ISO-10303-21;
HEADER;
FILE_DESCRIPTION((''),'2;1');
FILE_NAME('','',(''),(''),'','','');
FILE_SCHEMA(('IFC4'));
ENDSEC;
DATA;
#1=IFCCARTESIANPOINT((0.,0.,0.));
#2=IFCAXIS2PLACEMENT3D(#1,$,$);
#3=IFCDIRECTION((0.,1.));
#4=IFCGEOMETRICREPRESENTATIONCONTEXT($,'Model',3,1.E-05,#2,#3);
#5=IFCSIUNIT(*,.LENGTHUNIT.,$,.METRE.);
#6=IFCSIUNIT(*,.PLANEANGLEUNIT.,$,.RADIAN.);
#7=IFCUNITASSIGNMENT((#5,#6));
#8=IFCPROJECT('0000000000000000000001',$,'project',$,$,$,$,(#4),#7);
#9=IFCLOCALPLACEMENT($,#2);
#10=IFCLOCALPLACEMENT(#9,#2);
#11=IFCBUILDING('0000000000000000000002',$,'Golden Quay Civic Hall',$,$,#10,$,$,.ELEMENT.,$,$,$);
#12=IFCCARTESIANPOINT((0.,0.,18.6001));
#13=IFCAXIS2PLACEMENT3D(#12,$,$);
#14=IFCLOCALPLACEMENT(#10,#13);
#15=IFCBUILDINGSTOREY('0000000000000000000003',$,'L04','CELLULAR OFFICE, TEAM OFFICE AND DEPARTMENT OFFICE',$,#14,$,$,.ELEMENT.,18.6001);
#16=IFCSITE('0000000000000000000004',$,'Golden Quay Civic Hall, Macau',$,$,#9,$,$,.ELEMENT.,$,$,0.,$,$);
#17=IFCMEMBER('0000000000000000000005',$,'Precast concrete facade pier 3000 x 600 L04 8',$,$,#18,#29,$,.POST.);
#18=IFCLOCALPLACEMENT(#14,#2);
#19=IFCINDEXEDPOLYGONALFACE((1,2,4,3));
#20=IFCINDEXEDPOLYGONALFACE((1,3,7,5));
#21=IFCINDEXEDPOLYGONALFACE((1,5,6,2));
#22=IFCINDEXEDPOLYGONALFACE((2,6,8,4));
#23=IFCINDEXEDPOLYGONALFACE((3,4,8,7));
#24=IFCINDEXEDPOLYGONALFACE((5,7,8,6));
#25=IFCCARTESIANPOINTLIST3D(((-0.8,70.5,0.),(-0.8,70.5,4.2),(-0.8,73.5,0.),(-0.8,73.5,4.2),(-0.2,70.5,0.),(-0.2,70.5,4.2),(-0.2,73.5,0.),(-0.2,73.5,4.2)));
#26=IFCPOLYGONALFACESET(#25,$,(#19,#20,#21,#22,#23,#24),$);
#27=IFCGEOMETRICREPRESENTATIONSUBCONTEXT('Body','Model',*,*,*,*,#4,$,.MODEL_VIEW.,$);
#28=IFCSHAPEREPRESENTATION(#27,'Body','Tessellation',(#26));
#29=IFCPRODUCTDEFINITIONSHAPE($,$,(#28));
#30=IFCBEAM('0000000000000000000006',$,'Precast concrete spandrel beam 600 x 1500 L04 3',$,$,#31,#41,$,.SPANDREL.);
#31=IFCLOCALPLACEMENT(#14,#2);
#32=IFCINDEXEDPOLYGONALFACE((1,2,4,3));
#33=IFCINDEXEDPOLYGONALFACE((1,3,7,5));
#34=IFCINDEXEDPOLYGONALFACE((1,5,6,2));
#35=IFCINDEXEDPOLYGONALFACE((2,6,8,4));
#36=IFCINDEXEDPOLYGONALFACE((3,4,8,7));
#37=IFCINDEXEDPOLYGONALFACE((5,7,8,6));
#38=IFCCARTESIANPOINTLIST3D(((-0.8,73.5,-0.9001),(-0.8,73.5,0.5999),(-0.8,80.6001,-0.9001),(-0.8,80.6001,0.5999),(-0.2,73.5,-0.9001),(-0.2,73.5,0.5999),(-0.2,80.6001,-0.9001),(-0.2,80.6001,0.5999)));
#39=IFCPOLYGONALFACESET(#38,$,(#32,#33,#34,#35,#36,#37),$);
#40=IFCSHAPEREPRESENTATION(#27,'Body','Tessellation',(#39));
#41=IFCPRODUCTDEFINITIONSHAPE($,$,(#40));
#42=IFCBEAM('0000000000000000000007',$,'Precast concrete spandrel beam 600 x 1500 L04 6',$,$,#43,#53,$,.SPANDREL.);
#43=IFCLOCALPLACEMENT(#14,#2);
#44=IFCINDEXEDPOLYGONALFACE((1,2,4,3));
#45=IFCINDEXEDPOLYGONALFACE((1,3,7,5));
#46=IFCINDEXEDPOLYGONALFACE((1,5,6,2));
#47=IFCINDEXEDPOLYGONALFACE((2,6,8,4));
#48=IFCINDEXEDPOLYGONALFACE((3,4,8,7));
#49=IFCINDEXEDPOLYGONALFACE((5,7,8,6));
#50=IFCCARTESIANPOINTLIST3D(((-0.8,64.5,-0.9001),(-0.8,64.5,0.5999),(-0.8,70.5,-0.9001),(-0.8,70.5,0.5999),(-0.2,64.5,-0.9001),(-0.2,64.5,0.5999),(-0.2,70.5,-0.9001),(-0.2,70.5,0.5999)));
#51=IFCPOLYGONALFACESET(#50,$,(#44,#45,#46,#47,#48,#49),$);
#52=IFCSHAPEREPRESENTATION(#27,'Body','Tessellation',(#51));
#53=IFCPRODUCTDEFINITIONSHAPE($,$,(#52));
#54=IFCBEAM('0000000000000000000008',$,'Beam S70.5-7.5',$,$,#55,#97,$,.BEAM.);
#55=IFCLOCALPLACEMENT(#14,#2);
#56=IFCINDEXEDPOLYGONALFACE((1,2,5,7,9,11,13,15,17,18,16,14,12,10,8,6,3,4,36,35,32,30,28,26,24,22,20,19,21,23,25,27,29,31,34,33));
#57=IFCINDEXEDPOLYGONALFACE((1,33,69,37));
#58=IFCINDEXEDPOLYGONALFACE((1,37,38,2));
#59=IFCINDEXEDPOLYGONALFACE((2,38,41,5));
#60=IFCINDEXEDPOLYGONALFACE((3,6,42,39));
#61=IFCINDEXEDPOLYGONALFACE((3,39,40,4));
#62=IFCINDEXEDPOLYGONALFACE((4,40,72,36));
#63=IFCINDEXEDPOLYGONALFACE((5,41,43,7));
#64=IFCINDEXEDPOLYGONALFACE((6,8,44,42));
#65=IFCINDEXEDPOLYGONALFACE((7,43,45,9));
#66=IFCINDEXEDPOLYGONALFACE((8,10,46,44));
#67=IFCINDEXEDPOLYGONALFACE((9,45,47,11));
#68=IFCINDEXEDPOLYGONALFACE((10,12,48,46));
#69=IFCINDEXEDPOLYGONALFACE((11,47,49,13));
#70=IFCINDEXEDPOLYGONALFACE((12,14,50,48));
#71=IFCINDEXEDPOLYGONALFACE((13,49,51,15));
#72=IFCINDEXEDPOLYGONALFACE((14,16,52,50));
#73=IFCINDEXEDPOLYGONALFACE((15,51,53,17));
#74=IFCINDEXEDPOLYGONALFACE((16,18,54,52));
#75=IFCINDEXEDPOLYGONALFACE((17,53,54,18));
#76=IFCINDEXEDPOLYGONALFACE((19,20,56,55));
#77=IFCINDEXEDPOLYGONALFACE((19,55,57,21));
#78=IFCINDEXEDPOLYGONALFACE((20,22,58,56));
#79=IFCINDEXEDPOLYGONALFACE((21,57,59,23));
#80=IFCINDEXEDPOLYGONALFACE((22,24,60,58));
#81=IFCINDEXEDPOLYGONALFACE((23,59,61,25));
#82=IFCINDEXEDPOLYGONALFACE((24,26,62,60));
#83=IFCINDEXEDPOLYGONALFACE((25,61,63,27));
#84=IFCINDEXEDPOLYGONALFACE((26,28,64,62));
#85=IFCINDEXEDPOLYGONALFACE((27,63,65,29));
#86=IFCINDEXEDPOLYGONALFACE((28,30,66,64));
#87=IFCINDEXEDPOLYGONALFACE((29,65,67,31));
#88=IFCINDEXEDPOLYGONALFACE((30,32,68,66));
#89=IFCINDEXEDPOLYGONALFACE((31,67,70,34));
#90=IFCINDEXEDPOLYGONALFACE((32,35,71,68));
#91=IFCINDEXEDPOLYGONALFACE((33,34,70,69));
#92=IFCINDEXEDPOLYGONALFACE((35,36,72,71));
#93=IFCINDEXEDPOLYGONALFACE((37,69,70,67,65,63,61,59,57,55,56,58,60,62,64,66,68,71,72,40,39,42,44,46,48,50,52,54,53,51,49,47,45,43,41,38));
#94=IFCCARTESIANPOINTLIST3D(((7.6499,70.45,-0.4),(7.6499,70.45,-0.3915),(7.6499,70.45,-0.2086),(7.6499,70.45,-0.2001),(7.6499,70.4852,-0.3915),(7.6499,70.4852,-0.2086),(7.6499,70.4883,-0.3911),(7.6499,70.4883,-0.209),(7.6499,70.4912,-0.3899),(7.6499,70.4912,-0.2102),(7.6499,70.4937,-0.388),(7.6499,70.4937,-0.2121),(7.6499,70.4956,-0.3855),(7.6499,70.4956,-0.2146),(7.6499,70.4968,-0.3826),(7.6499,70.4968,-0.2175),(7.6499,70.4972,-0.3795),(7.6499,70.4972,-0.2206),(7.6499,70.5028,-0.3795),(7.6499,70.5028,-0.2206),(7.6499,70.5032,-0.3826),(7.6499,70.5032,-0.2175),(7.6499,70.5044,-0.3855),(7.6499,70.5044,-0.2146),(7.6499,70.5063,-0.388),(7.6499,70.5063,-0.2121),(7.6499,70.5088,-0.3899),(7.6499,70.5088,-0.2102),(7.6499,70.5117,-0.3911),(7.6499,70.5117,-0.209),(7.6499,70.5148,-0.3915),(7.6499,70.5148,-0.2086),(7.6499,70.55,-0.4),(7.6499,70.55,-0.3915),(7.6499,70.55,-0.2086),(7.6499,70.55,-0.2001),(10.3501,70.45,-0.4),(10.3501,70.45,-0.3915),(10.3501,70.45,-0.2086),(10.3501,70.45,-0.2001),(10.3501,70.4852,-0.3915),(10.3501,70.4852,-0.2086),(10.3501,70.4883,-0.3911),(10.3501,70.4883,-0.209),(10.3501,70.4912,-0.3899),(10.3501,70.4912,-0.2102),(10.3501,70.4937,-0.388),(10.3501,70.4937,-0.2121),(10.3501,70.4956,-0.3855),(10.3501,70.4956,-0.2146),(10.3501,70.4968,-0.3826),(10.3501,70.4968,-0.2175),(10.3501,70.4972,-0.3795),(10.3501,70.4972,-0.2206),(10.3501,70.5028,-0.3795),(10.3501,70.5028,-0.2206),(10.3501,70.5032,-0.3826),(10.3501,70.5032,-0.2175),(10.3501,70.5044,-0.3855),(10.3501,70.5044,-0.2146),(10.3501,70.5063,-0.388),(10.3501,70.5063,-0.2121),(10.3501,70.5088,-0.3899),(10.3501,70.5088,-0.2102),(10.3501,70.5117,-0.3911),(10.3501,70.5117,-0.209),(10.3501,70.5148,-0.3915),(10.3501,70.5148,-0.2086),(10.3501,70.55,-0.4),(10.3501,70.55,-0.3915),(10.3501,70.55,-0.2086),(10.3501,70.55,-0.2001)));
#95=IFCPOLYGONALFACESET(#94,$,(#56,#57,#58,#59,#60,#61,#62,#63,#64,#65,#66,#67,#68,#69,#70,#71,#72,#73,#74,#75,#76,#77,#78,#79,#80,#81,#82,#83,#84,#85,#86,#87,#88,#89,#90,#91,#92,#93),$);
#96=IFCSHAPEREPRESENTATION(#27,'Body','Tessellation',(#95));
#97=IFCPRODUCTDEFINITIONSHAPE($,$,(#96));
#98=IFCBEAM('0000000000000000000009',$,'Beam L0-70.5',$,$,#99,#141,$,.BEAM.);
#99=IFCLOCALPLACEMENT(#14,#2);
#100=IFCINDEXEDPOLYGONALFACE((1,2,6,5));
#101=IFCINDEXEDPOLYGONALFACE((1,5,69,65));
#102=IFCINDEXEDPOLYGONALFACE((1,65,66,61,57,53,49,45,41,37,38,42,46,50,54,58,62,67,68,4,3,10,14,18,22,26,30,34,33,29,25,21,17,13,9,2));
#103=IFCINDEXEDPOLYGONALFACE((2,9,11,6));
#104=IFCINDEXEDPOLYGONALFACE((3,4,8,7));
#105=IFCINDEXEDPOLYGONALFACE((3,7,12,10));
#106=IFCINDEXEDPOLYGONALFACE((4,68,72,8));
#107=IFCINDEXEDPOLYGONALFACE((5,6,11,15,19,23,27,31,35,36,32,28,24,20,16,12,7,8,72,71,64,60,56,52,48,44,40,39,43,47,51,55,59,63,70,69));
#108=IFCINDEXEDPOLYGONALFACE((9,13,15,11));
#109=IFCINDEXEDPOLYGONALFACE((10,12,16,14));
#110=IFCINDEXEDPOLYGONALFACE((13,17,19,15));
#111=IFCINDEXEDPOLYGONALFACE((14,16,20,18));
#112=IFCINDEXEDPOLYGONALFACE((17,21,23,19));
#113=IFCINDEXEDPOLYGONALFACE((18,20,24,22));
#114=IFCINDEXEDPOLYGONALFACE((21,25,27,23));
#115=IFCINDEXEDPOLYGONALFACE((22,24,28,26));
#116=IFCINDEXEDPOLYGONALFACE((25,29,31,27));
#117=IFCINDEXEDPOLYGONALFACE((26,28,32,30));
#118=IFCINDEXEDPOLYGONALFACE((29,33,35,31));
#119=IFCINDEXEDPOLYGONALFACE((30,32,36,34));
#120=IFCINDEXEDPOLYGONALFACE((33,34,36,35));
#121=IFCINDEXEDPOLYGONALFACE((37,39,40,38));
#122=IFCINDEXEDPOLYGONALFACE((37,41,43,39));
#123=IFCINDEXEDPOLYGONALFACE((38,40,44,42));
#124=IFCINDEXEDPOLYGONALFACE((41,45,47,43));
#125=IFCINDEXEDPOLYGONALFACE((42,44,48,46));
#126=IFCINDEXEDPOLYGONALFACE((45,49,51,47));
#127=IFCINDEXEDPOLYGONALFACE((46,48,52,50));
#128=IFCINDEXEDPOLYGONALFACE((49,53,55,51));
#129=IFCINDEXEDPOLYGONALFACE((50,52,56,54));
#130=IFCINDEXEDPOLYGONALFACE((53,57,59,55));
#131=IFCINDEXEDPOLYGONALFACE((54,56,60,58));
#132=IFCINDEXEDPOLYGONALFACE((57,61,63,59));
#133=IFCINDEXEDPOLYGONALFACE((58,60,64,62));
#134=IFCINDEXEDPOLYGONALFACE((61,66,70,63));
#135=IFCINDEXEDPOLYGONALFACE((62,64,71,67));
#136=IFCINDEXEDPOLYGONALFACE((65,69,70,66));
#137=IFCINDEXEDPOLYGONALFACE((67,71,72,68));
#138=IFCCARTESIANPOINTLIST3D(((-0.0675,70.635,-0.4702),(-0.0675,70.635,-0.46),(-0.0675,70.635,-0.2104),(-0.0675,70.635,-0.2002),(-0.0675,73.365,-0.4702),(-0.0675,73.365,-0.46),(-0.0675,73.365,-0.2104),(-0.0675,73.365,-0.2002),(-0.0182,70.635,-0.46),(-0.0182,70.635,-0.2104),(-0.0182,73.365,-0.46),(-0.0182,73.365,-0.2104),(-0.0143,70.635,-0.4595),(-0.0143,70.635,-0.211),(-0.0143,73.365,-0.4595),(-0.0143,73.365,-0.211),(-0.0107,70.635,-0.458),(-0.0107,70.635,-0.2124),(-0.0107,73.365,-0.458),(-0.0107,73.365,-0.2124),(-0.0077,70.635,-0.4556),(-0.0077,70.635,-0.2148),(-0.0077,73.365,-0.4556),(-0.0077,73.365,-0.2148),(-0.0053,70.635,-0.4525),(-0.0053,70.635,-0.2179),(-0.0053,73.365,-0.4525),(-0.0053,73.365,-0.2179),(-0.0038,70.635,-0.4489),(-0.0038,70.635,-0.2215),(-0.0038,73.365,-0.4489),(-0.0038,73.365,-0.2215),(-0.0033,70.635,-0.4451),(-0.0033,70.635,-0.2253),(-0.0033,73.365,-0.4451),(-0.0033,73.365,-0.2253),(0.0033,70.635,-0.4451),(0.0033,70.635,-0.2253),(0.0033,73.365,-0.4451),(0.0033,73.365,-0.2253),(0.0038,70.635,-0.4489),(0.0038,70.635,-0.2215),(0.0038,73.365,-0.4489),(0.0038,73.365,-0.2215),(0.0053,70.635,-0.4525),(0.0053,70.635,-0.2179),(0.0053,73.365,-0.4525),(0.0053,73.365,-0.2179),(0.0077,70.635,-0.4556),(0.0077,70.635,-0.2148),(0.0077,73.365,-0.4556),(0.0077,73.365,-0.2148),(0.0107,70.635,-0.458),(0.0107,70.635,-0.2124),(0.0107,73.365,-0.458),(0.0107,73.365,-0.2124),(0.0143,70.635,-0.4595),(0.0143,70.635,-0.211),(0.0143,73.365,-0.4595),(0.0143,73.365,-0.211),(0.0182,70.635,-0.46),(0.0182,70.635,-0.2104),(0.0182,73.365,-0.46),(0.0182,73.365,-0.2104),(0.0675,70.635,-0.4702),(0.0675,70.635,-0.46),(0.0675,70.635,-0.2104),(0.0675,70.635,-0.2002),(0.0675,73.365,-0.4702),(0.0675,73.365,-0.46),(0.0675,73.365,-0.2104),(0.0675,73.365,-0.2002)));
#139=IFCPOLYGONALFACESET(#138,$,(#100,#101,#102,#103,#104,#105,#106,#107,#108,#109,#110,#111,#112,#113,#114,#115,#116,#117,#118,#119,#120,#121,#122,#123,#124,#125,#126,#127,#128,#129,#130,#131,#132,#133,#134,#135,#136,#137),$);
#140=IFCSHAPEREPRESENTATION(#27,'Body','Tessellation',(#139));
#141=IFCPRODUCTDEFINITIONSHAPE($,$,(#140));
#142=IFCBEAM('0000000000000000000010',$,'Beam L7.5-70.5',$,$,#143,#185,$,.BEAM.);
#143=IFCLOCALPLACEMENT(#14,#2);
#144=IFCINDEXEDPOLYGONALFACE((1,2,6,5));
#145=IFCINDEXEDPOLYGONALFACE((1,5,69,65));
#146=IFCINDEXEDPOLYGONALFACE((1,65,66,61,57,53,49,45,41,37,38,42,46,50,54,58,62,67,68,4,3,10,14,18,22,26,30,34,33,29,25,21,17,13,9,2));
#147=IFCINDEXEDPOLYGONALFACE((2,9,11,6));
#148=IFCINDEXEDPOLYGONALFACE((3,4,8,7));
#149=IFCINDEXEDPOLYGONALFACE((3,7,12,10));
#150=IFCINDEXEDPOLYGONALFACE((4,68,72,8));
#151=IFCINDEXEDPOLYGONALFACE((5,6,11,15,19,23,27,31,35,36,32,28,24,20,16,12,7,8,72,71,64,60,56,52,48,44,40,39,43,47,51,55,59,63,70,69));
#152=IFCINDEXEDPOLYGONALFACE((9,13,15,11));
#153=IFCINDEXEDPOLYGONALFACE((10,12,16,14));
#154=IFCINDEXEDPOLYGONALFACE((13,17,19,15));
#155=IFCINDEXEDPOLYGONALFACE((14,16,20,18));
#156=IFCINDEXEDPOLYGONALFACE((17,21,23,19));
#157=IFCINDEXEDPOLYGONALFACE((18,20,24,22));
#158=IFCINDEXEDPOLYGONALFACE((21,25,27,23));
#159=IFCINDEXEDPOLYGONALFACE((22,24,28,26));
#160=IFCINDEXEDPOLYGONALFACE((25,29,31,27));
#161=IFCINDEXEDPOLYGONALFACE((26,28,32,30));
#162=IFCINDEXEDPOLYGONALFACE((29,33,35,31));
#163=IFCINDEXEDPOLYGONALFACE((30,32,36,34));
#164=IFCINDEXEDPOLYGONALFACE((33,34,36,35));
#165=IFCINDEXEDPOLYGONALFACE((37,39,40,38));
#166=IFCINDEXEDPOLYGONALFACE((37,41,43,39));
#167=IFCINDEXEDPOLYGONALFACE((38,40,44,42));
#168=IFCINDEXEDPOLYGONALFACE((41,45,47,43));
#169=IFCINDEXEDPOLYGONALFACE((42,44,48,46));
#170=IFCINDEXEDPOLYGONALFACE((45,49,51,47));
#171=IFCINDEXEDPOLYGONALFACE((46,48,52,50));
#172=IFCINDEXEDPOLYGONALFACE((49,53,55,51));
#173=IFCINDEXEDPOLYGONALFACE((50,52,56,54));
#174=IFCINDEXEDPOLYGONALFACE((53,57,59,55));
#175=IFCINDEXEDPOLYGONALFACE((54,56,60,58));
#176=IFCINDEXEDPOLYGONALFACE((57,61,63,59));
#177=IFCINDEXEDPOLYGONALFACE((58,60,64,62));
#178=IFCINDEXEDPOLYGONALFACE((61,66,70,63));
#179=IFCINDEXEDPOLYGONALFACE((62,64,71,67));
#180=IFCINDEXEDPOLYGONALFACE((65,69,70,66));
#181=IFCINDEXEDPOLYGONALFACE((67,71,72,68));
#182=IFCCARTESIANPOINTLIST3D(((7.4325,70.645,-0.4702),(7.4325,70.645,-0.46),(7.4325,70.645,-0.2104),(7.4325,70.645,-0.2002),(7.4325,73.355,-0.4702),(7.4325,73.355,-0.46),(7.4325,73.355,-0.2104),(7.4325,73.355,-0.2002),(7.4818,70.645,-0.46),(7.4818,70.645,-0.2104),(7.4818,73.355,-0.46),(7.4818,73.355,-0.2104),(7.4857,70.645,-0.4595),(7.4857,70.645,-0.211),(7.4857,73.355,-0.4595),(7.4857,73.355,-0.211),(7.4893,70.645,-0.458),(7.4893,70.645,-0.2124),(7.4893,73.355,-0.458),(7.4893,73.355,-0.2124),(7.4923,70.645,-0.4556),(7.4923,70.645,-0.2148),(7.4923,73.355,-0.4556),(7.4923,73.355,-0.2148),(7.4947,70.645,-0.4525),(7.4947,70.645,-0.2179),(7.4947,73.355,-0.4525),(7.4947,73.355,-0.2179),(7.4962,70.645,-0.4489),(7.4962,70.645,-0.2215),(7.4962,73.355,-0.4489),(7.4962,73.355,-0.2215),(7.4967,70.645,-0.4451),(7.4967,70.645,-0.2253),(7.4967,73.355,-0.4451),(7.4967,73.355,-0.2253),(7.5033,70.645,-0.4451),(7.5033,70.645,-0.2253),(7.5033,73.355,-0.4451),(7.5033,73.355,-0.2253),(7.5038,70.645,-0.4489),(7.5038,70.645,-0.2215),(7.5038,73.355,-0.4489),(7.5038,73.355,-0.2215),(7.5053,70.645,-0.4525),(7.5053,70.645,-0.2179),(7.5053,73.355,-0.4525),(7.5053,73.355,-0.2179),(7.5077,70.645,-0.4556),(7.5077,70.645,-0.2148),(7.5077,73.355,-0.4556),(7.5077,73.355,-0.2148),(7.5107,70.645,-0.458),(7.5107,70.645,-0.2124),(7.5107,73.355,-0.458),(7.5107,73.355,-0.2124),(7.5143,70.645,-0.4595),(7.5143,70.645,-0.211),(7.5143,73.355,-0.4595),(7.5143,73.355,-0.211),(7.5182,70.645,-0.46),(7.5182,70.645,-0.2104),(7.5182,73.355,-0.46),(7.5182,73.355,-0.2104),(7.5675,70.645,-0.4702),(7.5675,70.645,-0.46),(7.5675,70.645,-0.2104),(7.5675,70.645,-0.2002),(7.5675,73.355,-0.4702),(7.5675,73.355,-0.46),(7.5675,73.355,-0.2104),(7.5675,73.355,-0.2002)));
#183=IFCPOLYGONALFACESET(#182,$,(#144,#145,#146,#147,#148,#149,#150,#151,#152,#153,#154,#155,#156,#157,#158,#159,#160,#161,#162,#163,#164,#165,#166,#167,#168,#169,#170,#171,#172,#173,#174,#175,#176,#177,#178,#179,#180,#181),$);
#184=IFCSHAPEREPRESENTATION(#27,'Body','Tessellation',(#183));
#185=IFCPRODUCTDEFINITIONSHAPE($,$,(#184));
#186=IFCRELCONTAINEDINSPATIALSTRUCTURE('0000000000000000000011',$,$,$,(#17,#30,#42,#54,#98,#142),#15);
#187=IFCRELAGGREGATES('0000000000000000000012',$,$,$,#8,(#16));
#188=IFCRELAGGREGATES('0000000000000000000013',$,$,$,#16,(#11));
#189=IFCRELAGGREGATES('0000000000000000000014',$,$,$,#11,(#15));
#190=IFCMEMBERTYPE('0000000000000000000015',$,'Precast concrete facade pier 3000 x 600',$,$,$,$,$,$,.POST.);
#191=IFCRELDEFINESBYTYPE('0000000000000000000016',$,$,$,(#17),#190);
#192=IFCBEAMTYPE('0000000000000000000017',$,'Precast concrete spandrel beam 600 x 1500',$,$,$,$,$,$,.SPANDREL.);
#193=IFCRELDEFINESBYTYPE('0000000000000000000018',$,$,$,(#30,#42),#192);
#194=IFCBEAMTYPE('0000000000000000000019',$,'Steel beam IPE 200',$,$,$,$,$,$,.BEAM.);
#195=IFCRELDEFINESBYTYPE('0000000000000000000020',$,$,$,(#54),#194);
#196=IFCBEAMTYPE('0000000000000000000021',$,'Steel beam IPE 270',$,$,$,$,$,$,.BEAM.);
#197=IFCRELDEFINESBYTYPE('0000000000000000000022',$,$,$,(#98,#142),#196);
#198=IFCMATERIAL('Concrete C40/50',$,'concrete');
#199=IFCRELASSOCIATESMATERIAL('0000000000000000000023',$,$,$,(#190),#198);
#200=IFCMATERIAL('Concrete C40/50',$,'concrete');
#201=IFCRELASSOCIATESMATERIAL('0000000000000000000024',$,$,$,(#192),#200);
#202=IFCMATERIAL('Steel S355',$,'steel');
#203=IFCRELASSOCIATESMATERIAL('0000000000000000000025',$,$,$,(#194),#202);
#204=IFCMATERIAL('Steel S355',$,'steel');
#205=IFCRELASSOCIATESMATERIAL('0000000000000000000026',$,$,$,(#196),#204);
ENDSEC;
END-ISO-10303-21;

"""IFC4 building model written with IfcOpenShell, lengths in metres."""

from ifc_helpers import new_model, si_unit, direction, frame, origin, origin_2d, place, context, subcontext, project, spatial, rectangle, i_section, extrude, material, material_profile, profile_set, type_object, element, save


model = new_model("IFC4")

# Units and contexts
model_context = context("Model", 3, precision=1e-05, world=origin(), true_north=direction((0.0, 1.0)))
body_context = subcontext(model_context, "Body", "Model", "MODEL_VIEW")
ifc_project = project(units=[si_unit("LENGTHUNIT", "METRE"), si_unit("PLANEANGLEUNIT", "RADIAN")], contexts=[model_context])

# Site, building, storey
site_placement = place(None, origin())
site = spatial("IfcSite", under=ifc_project, at=site_placement, Name="Golden Quay Civic Hall, Macau", CompositionType="ELEMENT", RefElevation=0.0)
building_placement = place(site_placement, origin())
building = spatial("IfcBuilding", under=site, at=building_placement, Name="Golden Quay Civic Hall", CompositionType="ELEMENT")
storey_placement = place(building_placement, frame((0.0, 0.0, 18.6001)))
storey = spatial("IfcBuildingStorey", under=building, at=storey_placement, Name="L04", Description="CELLULAR OFFICE, TEAM OFFICE AND DEPARTMENT OFFICE", CompositionType="ELEMENT", Elevation=18.6001)

# Member
ifc_material_1 = material(Name="Concrete C40/50", Category="concrete")
ifc_material_profile_1 = material_profile(ifc_material_1, rectangle(XDim=3.0, YDim=0.6001, at=origin_2d()), Name="RC 3000x600")
ifc_profile_set_1 = profile_set([ifc_material_profile_1], Name="Concrete C40/50")
member_type = type_object("IfcMemberType", Name="Precast concrete facade pier 3000 x 600", PredefinedType="POST", material=ifc_profile_set_1)
member_placement = place(storey_placement, frame((-0.5, 72.0, 0.0), z_axis=(0.0, 0.0, 1.0), x_axis=(0.0, 1.0, 0.0)))
element("IfcMember", 1, at=member_placement, inside=storey, type_object=member_type, Name="Precast concrete facade pier 3000 x 600 L04 8", PredefinedType="POST", context=body_context, shape_type="SweptSolid", body=[
    extrude(rectangle(XDim=3.0, YDim=0.6001, at=origin_2d()), origin(), (0.0, 0.0, 1.0), 4.2),
])

# Beams
ifc_material_2 = material(Name="Concrete C40/50", Category="concrete")
ifc_material_profile_2 = material_profile(ifc_material_2, rectangle(XDim=0.6001, YDim=1.5, at=origin_2d()), Name="RC 600x1500")
ifc_profile_set_2 = profile_set([ifc_material_profile_2], Name="Concrete C40/50")
beam_type_1 = type_object("IfcBeamType", Name="Precast concrete spandrel beam 600 x 1500", PredefinedType="SPANDREL", material=ifc_profile_set_2)
beam_1_placement = place(storey_placement, frame((-0.5, 73.5, -0.1501), z_axis=(0.0, 1.0, 0.0), x_axis=(-1.0, 0.0, 0.0)))
element("IfcBeam", 2, at=beam_1_placement, inside=storey, type_object=beam_type_1, Name="Precast concrete spandrel beam 600 x 1500 L04 3", PredefinedType="SPANDREL", context=body_context, shape_type="SweptSolid", body=[
    extrude(rectangle(XDim=0.6001, YDim=1.5, at=origin_2d()), origin(), (0.0, 0.0, 1.0), 7.1001),
])
beam_2_placement = place(storey_placement, frame((-0.5, 64.5, -0.1501), z_axis=(0.0, 1.0, 0.0), x_axis=(-1.0, 0.0, 0.0)))
element("IfcBeam", 3, at=beam_2_placement, inside=storey, type_object=beam_type_1, Name="Precast concrete spandrel beam 600 x 1500 L04 6", PredefinedType="SPANDREL", context=body_context, shape_type="SweptSolid", body=[
    extrude(rectangle(XDim=0.6001, YDim=1.5, at=origin_2d()), origin(), (0.0, 0.0, 1.0), 6.0),
])
ifc_material_3 = material(Name="Steel S355", Category="steel")
ifc_material_profile_3 = material_profile(ifc_material_3, i_section(OverallWidth=0.1001, OverallDepth=0.2, WebThickness=0.0056, FlangeThickness=0.0085, FilletRadius=0.012, at=origin_2d()), Name="IPE 200")
ifc_profile_set_3 = profile_set([ifc_material_profile_3], Name="Steel S355")
beam_type_2 = type_object("IfcBeamType", Name="Steel beam IPE 200", PredefinedType="BEAM", material=ifc_profile_set_3)
beam_3_placement = place(storey_placement, frame((7.6499, 70.5, -0.3), z_axis=(1.0, 0.0, 0.0), x_axis=(0.0, 1.0, 0.0)))
element("IfcBeam", 4, at=beam_3_placement, inside=storey, type_object=beam_type_2, Name="Beam S70.5-7.5", PredefinedType="BEAM", context=body_context, shape_type="SweptSolid", body=[
    extrude(i_section(OverallWidth=0.1001, OverallDepth=0.2, WebThickness=0.0056, FlangeThickness=0.0085, FilletRadius=0.012, at=origin_2d()), origin(), (0.0, 0.0, 1.0), 2.7002),
])
ifc_material_4 = material(Name="Steel S355", Category="steel")
ifc_material_profile_4 = material_profile(ifc_material_4, i_section(OverallWidth=0.135, OverallDepth=0.27, WebThickness=0.0066, FlangeThickness=0.0103, FilletRadius=0.0149, at=origin_2d()), Name="IPE 270")
ifc_profile_set_4 = profile_set([ifc_material_profile_4], Name="Steel S355")
beam_type_3 = type_object("IfcBeamType", Name="Steel beam IPE 270", PredefinedType="BEAM", material=ifc_profile_set_4)
beam_4_placement = place(storey_placement, frame((0.0, 70.635, -0.3352), z_axis=(0.0, 1.0, 0.0), x_axis=(-1.0, 0.0, 0.0)))
element("IfcBeam", 5, at=beam_4_placement, inside=storey, type_object=beam_type_3, Name="Beam L0-70.5", PredefinedType="BEAM", context=body_context, shape_type="SweptSolid", body=[
    extrude(i_section(OverallWidth=0.135, OverallDepth=0.27, WebThickness=0.0066, FlangeThickness=0.0103, FilletRadius=0.0149, at=origin_2d()), origin(), (0.0, 0.0, 1.0), 2.73),
])
beam_5_placement = place(storey_placement, frame((7.5, 70.645, -0.3352), z_axis=(0.0, 1.0, 0.0), x_axis=(-1.0, 0.0, 0.0)))
element("IfcBeam", 6, at=beam_5_placement, inside=storey, type_object=beam_type_3, Name="Beam L7.5-70.5", PredefinedType="BEAM", context=body_context, shape_type="SweptSolid", body=[
    extrude(i_section(OverallWidth=0.135, OverallDepth=0.27, WebThickness=0.0066, FlangeThickness=0.0103, FilletRadius=0.0149, at=origin_2d()), origin(), (0.0, 0.0, 1.0), 2.71),
])

save(model, "model.ifc")
